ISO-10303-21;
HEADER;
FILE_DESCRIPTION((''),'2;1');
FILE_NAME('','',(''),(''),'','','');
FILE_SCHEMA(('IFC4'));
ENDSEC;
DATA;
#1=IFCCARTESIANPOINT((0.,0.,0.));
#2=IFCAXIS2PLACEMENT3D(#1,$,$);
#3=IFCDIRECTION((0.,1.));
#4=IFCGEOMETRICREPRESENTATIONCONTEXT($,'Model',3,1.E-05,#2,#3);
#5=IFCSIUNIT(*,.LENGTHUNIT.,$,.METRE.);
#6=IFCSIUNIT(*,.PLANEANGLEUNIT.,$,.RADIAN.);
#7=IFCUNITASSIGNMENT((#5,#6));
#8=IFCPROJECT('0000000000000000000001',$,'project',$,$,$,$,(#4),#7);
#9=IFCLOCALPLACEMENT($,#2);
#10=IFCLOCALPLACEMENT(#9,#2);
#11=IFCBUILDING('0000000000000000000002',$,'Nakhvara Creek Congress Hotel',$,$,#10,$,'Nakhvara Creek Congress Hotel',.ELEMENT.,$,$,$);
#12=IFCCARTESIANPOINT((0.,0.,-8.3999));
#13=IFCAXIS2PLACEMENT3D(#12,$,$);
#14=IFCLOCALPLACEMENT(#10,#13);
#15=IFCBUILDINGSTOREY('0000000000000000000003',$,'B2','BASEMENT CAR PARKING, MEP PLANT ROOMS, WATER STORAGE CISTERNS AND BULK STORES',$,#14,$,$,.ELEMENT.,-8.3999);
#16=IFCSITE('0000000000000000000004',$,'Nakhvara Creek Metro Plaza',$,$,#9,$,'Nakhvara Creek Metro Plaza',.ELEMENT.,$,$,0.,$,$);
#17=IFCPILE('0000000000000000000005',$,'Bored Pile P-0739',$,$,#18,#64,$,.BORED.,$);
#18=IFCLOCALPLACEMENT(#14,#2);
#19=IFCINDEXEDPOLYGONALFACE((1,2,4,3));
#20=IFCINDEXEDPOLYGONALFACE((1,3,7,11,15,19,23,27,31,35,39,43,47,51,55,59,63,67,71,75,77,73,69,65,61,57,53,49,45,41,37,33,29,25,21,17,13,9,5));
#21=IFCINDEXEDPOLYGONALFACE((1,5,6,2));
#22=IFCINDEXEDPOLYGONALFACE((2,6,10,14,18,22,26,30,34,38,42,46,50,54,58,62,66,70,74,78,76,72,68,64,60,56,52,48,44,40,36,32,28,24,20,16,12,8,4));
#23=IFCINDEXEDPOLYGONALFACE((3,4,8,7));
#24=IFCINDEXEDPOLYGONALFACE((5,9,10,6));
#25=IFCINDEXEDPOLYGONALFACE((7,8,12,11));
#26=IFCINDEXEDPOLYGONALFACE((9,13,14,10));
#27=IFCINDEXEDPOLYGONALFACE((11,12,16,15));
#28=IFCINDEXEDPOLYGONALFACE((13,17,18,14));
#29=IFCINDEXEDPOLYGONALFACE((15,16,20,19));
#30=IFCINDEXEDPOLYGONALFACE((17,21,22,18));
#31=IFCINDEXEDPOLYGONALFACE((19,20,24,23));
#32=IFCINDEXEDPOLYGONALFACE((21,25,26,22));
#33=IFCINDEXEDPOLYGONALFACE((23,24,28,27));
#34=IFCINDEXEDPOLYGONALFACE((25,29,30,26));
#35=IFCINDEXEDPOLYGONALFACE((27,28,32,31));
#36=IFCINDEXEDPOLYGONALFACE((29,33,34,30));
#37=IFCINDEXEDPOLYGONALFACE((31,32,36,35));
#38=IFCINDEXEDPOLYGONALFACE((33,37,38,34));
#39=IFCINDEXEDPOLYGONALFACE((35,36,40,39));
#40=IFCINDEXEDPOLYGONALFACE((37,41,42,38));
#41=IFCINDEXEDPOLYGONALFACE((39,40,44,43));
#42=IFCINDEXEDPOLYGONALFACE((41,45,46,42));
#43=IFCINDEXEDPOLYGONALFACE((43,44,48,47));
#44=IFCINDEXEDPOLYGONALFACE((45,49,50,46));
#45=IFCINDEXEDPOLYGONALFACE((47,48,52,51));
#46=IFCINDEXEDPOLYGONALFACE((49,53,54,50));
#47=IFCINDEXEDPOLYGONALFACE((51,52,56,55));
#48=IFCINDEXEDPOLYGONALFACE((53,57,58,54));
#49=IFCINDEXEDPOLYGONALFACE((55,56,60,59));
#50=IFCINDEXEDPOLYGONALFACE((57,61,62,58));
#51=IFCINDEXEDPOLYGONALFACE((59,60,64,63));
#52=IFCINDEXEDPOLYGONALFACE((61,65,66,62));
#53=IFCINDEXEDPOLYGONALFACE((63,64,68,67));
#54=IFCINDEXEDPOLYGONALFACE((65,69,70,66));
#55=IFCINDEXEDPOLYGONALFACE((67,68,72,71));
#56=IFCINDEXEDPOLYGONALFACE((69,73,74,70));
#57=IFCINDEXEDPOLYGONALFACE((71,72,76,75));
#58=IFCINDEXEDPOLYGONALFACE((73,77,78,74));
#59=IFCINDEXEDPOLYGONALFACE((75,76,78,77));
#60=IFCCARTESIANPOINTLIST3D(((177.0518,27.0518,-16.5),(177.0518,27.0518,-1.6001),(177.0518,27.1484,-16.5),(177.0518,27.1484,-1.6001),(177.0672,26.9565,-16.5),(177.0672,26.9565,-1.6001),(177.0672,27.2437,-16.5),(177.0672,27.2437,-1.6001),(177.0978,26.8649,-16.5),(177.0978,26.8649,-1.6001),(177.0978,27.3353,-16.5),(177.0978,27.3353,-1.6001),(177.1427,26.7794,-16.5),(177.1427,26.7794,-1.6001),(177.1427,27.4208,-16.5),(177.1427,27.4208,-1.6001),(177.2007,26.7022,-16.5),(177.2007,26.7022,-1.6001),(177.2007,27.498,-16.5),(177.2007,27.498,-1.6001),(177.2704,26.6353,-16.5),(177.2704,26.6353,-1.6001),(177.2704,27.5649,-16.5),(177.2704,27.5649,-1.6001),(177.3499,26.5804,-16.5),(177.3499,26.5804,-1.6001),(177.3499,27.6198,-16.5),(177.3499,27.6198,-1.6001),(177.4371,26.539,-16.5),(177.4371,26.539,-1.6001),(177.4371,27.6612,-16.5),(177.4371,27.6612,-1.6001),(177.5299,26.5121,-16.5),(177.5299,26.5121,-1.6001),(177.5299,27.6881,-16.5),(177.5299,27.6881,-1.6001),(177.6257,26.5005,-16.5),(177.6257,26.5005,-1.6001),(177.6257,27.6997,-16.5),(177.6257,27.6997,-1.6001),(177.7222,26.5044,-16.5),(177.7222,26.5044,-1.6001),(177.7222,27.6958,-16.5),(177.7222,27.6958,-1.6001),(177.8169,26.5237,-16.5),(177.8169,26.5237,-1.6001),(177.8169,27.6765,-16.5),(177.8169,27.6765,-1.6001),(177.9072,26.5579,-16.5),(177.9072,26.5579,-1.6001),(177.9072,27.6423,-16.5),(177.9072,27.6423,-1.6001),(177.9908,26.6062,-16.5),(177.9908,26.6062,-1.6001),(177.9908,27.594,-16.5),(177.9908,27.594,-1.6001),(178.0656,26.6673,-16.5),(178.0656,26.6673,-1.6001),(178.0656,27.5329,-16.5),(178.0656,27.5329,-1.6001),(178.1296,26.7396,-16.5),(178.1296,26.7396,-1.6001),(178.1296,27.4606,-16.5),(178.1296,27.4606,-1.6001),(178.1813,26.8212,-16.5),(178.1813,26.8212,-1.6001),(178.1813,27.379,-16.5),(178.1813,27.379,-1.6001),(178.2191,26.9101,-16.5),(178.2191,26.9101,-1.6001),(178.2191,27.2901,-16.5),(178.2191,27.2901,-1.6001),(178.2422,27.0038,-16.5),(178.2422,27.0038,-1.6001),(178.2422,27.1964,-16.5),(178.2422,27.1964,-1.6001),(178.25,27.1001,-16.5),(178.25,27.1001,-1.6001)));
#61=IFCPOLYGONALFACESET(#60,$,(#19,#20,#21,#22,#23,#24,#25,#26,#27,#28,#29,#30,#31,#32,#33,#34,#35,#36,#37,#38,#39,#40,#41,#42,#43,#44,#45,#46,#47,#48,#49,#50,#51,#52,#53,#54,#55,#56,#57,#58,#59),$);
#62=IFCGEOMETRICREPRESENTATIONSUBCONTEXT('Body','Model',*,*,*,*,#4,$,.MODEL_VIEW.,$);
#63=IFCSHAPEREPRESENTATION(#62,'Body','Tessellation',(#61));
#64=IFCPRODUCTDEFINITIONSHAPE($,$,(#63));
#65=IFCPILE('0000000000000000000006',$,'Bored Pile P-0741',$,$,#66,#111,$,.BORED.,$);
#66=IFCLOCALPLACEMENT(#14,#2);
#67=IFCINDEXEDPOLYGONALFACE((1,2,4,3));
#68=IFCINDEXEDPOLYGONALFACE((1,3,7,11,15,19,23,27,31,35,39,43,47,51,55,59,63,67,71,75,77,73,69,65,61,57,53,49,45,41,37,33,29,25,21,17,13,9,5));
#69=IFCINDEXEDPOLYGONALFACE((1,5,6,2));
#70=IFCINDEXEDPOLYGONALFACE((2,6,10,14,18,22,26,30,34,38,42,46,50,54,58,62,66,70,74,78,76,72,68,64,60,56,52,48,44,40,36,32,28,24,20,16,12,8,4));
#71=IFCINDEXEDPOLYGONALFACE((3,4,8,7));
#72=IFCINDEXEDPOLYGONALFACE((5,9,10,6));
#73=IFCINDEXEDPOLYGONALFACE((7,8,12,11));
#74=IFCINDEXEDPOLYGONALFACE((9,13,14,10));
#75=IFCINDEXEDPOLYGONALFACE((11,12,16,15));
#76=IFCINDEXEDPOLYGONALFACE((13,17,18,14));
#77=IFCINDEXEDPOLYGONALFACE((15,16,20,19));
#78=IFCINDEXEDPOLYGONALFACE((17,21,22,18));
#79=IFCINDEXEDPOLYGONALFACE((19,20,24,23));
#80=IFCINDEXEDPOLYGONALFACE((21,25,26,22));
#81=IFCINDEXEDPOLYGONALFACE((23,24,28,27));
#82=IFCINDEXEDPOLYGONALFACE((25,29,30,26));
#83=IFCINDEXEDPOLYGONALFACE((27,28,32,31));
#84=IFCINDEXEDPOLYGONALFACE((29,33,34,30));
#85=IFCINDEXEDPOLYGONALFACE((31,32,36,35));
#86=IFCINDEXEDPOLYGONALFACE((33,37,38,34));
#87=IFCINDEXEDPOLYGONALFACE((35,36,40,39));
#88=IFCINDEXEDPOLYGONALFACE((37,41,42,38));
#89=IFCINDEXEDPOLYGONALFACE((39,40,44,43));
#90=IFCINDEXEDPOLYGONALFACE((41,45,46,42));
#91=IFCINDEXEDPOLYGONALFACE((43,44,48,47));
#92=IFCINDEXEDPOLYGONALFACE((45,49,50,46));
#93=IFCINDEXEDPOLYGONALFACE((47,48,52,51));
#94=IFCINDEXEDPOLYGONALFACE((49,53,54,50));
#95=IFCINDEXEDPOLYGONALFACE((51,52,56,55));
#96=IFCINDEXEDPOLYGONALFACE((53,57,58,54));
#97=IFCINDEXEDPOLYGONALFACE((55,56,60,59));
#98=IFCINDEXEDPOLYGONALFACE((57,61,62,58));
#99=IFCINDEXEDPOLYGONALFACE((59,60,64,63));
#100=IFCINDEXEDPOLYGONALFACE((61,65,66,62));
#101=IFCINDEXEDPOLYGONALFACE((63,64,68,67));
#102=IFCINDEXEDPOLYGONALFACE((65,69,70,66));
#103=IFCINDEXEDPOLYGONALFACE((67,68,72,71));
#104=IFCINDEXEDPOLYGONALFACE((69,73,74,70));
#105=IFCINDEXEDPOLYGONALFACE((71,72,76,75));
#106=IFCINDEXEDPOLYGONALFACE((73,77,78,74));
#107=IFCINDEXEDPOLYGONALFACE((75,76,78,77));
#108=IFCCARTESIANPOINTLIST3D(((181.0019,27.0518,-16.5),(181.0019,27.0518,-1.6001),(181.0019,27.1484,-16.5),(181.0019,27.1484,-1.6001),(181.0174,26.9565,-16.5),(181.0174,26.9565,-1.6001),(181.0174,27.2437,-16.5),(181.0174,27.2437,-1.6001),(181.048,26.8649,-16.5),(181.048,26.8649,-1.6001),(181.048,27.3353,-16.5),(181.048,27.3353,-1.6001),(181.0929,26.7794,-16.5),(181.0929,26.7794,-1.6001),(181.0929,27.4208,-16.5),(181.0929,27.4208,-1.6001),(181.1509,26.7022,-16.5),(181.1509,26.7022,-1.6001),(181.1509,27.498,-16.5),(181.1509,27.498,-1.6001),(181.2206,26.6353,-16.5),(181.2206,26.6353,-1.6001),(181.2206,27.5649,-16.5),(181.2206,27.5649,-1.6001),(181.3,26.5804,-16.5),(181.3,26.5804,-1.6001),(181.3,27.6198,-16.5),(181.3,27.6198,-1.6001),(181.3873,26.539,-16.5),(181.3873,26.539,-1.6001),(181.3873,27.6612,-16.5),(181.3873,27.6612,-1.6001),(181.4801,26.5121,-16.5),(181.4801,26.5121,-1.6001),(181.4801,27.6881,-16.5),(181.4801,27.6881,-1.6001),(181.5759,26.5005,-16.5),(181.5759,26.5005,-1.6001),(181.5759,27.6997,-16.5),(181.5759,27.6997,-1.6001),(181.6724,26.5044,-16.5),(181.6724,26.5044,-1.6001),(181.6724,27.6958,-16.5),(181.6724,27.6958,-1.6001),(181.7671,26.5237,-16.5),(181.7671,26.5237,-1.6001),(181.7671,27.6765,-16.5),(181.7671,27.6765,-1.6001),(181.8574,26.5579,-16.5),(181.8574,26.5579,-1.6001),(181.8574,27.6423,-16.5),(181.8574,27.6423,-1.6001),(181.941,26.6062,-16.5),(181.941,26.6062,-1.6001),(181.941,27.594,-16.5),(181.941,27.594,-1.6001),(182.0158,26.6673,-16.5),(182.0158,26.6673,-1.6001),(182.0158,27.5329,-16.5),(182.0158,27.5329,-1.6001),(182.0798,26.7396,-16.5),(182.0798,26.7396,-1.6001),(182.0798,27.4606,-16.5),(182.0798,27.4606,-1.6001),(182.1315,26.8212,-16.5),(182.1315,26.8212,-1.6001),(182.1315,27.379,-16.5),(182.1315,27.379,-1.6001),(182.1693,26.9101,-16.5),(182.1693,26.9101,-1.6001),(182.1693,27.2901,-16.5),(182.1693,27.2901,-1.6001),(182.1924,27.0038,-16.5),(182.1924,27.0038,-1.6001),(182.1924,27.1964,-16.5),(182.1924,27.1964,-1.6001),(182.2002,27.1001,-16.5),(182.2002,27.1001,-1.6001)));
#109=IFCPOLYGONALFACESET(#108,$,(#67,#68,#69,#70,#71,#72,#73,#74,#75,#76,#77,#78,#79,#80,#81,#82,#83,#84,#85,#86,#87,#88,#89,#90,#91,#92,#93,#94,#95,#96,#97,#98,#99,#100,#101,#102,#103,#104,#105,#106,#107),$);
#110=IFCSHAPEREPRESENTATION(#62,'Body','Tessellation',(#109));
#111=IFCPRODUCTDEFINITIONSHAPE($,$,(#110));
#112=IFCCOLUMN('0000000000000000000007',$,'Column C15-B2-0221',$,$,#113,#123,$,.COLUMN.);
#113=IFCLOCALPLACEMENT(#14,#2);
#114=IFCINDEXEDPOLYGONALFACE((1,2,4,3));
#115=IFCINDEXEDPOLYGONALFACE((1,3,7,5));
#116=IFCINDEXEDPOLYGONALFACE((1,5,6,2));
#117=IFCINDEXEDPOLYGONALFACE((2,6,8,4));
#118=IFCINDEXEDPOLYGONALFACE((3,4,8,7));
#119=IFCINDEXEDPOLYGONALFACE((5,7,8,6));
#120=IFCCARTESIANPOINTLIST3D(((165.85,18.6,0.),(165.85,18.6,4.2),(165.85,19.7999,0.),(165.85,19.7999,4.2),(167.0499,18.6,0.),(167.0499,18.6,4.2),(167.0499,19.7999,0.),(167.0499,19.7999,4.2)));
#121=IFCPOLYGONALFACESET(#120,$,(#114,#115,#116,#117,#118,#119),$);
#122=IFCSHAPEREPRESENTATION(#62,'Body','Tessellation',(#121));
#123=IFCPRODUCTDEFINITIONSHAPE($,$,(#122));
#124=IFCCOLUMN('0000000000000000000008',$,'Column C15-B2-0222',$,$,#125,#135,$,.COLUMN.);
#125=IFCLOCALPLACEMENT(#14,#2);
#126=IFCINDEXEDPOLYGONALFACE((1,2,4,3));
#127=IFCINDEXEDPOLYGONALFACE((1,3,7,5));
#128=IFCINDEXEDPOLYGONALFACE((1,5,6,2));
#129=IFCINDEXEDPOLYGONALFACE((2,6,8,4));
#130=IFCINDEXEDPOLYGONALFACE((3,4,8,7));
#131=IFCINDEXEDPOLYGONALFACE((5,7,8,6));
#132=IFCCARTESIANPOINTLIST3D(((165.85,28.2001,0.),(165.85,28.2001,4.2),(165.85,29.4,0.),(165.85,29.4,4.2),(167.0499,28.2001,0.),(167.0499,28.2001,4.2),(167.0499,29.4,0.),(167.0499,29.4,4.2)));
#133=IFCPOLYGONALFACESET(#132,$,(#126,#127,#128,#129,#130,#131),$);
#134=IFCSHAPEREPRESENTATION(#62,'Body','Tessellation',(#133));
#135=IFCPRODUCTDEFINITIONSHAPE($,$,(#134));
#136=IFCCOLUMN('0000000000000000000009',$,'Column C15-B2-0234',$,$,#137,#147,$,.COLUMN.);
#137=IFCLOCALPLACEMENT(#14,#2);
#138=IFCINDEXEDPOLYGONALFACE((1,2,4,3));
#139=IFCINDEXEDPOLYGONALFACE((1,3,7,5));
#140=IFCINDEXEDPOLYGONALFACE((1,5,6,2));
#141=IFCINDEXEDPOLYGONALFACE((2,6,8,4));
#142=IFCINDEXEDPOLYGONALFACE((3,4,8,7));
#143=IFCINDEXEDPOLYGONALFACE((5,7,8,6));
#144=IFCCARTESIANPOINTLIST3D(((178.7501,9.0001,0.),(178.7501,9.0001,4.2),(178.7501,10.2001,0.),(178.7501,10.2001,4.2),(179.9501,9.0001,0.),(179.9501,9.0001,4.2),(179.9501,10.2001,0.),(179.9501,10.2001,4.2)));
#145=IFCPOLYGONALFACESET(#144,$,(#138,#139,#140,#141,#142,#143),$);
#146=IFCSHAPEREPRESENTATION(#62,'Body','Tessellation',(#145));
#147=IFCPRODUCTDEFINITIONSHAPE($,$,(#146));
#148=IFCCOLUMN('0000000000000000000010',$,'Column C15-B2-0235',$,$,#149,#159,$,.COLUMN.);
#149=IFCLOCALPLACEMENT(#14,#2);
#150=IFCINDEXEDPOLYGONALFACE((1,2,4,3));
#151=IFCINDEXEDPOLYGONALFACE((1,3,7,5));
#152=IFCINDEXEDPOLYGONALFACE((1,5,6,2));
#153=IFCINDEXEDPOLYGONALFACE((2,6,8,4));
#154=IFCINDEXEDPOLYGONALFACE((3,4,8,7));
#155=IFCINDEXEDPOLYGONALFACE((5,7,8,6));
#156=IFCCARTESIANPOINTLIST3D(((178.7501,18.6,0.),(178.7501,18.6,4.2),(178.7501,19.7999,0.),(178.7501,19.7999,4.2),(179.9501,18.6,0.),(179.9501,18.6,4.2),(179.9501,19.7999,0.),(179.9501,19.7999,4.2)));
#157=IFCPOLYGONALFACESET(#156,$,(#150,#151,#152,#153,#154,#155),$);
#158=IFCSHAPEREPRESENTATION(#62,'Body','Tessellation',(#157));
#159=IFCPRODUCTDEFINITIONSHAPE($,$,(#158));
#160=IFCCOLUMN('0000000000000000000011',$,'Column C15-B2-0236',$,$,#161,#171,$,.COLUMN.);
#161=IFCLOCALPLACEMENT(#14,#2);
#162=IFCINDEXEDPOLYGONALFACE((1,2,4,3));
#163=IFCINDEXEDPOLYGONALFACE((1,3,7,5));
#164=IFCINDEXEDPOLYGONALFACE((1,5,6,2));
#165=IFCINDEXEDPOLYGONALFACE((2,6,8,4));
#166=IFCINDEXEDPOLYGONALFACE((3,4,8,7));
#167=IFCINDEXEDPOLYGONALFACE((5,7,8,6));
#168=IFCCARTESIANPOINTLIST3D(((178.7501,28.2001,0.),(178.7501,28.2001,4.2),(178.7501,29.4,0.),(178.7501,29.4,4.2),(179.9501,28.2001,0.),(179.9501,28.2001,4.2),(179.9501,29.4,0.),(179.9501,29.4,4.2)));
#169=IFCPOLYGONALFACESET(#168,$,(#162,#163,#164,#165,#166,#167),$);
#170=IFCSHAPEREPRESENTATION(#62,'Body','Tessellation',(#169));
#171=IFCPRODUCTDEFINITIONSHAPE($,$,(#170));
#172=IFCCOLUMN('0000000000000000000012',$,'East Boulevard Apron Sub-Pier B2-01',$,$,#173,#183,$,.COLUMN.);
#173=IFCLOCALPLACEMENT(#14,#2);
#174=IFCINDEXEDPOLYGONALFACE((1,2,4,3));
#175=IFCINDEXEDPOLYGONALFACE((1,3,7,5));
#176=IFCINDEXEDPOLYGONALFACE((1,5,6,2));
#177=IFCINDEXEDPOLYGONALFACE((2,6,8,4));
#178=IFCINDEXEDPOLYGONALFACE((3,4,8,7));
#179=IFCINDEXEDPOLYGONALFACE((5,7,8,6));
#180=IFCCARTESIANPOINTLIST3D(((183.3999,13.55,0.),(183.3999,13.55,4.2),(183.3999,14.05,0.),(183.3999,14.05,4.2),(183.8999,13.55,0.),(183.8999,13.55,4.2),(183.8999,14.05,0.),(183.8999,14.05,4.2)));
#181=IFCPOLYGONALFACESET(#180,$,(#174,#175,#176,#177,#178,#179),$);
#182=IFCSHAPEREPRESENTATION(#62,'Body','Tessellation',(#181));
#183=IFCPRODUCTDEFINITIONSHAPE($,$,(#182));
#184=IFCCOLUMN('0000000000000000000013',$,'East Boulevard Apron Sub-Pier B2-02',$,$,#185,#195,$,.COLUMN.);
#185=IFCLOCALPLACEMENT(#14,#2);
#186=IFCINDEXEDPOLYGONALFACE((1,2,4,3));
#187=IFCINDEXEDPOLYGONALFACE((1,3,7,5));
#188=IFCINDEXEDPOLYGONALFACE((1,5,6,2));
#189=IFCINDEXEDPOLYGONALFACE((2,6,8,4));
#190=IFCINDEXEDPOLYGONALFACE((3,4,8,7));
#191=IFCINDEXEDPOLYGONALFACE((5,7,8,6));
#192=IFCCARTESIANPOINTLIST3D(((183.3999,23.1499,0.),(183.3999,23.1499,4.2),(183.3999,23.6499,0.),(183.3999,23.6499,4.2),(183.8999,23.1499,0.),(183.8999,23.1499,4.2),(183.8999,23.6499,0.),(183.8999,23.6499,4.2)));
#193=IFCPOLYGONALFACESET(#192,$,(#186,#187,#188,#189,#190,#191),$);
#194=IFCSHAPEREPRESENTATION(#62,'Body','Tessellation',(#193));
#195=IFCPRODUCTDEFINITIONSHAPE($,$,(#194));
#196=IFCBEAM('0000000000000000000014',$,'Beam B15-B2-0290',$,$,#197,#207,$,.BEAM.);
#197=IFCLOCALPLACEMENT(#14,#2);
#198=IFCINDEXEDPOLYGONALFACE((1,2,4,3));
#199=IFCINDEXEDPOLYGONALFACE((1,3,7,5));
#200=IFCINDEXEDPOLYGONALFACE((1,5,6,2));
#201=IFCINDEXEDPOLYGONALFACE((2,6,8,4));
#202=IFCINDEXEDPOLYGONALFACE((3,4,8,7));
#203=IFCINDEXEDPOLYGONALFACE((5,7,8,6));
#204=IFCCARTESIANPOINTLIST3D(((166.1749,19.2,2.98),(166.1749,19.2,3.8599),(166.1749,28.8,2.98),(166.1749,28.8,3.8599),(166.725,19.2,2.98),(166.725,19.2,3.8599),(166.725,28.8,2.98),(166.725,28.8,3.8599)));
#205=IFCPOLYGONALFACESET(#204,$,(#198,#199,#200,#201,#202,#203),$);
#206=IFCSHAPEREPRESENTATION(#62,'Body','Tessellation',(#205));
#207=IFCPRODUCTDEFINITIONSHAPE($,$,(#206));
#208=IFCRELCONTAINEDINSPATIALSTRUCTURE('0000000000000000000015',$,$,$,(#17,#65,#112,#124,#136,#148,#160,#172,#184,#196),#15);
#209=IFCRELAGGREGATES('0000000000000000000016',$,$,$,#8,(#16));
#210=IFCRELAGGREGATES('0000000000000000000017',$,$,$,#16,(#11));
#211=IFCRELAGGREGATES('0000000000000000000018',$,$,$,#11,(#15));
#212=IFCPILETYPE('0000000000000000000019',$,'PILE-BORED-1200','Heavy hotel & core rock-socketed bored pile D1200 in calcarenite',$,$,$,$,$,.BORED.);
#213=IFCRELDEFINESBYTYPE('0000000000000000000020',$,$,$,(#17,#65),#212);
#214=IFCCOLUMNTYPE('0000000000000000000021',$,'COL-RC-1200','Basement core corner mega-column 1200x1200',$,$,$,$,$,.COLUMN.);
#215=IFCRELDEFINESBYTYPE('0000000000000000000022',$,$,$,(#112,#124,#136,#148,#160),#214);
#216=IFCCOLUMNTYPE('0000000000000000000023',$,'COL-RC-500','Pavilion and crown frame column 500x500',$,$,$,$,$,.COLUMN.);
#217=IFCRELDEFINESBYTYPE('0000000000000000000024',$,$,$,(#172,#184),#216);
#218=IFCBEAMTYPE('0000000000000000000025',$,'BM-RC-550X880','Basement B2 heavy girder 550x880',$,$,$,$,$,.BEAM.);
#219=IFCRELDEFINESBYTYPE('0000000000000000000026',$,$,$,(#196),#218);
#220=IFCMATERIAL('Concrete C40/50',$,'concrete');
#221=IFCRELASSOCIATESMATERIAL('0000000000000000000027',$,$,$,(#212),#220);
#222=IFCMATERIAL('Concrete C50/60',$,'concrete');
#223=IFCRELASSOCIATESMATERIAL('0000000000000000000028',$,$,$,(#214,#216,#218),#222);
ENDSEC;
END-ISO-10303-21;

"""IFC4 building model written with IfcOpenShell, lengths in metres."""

from ifc_helpers import new_model, si_unit, direction, frame, origin, origin_2d, place, context, subcontext, project, spatial, rectangle, circle, extrude, material, material_profile, profile_set, type_object, element, save


model = new_model("IFC4")

# Units and contexts
model_context = context("Model", 3, precision=1e-05, world=origin(), true_north=direction((0.0, 1.0)))
body_context = subcontext(model_context, "Body", "Model", "MODEL_VIEW")
ifc_project = project(units=[si_unit("LENGTHUNIT", "METRE"), si_unit("PLANEANGLEUNIT", "RADIAN")], contexts=[model_context])

# Site, building, storey
site_placement = place(None, origin())
site = spatial("IfcSite", under=ifc_project, at=site_placement, Name="Nakhvara Creek Metro Plaza", LongName="Nakhvara Creek Metro Plaza", CompositionType="ELEMENT", RefElevation=0.0)
building_placement = place(site_placement, origin())
building = spatial("IfcBuilding", under=site, at=building_placement, Name="Nakhvara Creek Congress Hotel", LongName="Nakhvara Creek Congress Hotel", CompositionType="ELEMENT")
storey_placement = place(building_placement, frame((0.0, 0.0, -8.3999)))
storey = spatial("IfcBuildingStorey", under=building, at=storey_placement, Name="B2", Description="BASEMENT CAR PARKING, MEP PLANT ROOMS, WATER STORAGE CISTERNS AND BULK STORES", CompositionType="ELEMENT", Elevation=-8.3999)

# Shared definitions
ifc_material_1 = material(Name="Concrete C40/50", Category="concrete")

# Piles
ifc_material_profile_1 = material_profile(ifc_material_1, circle(Radius=0.6001, at=origin_2d()), Name="BORED PILE D1200", Category="LoadBearing")
ifc_profile_set_1 = profile_set([ifc_material_profile_1], Name="Concrete C40/50")
pile_type = type_object("IfcPileType", Name="PILE-BORED-1200", Description="Heavy hotel & core rock-socketed bored pile D1200 in calcarenite", PredefinedType="BORED", material=ifc_profile_set_1)
for number, where, z_axis, x_axis, name in (
    (1, (177.6499, 27.1001, -1.6001), (0.0, 0.0, -1.0), (1.0, 0.0, 0.0), "Bored Pile P-0739"),
    (2, (181.6001, 27.1001, -1.6001), (0.0, 0.0, -1.0), (1.0, 0.0, 0.0), "Bored Pile P-0741"),
):
    element("IfcPile", number, at=place(storey_placement, frame(where, z_axis=z_axis, x_axis=x_axis)), inside=storey, type_object=pile_type, Name=name, PredefinedType="BORED", context=body_context, shape_type="SweptSolid", body=[
        extrude(circle(Radius=0.6001, at=origin_2d()), origin(), (0.0, 0.0, 1.0), 14.8999),
    ])

# Columns
ifc_material_2 = material(Name="Concrete C50/60", Category="concrete")
ifc_material_profile_2 = material_profile(ifc_material_2, rectangle(XDim=1.2, YDim=1.2, at=origin_2d()), Name="RC-COL 1200x1200", Category="LoadBearing")
ifc_profile_set_2 = profile_set([ifc_material_profile_2], Name="Concrete C50/60")
column_type_1 = type_object("IfcColumnType", Name="COL-RC-1200", Description="Basement core corner mega-column 1200x1200", PredefinedType="COLUMN", material=ifc_profile_set_2)
for number, where, z_axis, x_axis, name in (
    (3, (166.45, 19.2, 0.0), (0.0, 0.0, 1.0), (1.0, 0.0, 0.0), "Column C15-B2-0221"),
    (4, (166.45, 28.8, 0.0), (0.0, 0.0, 1.0), (1.0, 0.0, 0.0), "Column C15-B2-0222"),
    (5, (179.3501, 9.6001, 0.0), (0.0, 0.0, 1.0), (1.0, 0.0, 0.0), "Column C15-B2-0234"),
    (6, (179.3501, 19.2, 0.0), (0.0, 0.0, 1.0), (1.0, 0.0, 0.0), "Column C15-B2-0235"),
    (7, (179.3501, 28.8, 0.0), (0.0, 0.0, 1.0), (1.0, 0.0, 0.0), "Column C15-B2-0236"),
):
    element("IfcColumn", number, at=place(storey_placement, frame(where, z_axis=z_axis, x_axis=x_axis)), inside=storey, type_object=column_type_1, Name=name, PredefinedType="COLUMN", context=body_context, shape_type="SweptSolid", body=[
        extrude(rectangle(XDim=1.2, YDim=1.2, at=origin_2d()), origin(), (0.0, 0.0, 1.0), 4.2),
    ])
ifc_material_profile_3 = material_profile(ifc_material_2, rectangle(XDim=0.5, YDim=0.5, at=origin_2d()), Name="RC-COL 500x500", Category="LoadBearing")
ifc_profile_set_3 = profile_set([ifc_material_profile_3], Name="Concrete C50/60")
column_type_2 = type_object("IfcColumnType", Name="COL-RC-500", Description="Pavilion and crown frame column 500x500", PredefinedType="COLUMN", material=ifc_profile_set_3)
for number, where, z_axis, x_axis, name in (
    (8, (183.6499, 13.8, 0.0), (0.0, 0.0, 1.0), (1.0, 0.0, 0.0), "East Boulevard Apron Sub-Pier B2-01"),
    (9, (183.6499, 23.3999, 0.0), (0.0, 0.0, 1.0), (1.0, 0.0, 0.0), "East Boulevard Apron Sub-Pier B2-02"),
):
    element("IfcColumn", number, at=place(storey_placement, frame(where, z_axis=z_axis, x_axis=x_axis)), inside=storey, type_object=column_type_2, Name=name, PredefinedType="COLUMN", context=body_context, shape_type="SweptSolid", body=[
        extrude(rectangle(XDim=0.5, YDim=0.5, at=origin_2d()), origin(), (0.0, 0.0, 1.0), 4.2),
    ])

# Beam
ifc_material_profile_4 = material_profile(ifc_material_2, rectangle(XDim=0.55, YDim=0.8799, at=origin_2d()), Name="RC-BM 550x880", Category="LoadBearing")
ifc_profile_set_4 = profile_set([ifc_material_profile_4], Name="Concrete C50/60")
beam_type_1 = type_object("IfcBeamType", Name="BM-RC-550X880", Description="Basement B2 heavy girder 550x880", PredefinedType="BEAM", material=ifc_profile_set_4)
beam_1_placement = place(storey_placement, frame((166.45, 19.2, 3.4199), z_axis=(0.0, 1.0, 0.0), x_axis=(-1.0, 0.0, 0.0)))
element("IfcBeam", 10, at=beam_1_placement, inside=storey, type_object=beam_type_1, Name="Beam B15-B2-0290", PredefinedType="BEAM", context=body_context, shape_type="SweptSolid", body=[
    extrude(rectangle(XDim=0.55, YDim=0.8799, at=origin_2d()), origin(), (0.0, 0.0, 1.0), 9.6001),
])

save(model, "model.ifc")
